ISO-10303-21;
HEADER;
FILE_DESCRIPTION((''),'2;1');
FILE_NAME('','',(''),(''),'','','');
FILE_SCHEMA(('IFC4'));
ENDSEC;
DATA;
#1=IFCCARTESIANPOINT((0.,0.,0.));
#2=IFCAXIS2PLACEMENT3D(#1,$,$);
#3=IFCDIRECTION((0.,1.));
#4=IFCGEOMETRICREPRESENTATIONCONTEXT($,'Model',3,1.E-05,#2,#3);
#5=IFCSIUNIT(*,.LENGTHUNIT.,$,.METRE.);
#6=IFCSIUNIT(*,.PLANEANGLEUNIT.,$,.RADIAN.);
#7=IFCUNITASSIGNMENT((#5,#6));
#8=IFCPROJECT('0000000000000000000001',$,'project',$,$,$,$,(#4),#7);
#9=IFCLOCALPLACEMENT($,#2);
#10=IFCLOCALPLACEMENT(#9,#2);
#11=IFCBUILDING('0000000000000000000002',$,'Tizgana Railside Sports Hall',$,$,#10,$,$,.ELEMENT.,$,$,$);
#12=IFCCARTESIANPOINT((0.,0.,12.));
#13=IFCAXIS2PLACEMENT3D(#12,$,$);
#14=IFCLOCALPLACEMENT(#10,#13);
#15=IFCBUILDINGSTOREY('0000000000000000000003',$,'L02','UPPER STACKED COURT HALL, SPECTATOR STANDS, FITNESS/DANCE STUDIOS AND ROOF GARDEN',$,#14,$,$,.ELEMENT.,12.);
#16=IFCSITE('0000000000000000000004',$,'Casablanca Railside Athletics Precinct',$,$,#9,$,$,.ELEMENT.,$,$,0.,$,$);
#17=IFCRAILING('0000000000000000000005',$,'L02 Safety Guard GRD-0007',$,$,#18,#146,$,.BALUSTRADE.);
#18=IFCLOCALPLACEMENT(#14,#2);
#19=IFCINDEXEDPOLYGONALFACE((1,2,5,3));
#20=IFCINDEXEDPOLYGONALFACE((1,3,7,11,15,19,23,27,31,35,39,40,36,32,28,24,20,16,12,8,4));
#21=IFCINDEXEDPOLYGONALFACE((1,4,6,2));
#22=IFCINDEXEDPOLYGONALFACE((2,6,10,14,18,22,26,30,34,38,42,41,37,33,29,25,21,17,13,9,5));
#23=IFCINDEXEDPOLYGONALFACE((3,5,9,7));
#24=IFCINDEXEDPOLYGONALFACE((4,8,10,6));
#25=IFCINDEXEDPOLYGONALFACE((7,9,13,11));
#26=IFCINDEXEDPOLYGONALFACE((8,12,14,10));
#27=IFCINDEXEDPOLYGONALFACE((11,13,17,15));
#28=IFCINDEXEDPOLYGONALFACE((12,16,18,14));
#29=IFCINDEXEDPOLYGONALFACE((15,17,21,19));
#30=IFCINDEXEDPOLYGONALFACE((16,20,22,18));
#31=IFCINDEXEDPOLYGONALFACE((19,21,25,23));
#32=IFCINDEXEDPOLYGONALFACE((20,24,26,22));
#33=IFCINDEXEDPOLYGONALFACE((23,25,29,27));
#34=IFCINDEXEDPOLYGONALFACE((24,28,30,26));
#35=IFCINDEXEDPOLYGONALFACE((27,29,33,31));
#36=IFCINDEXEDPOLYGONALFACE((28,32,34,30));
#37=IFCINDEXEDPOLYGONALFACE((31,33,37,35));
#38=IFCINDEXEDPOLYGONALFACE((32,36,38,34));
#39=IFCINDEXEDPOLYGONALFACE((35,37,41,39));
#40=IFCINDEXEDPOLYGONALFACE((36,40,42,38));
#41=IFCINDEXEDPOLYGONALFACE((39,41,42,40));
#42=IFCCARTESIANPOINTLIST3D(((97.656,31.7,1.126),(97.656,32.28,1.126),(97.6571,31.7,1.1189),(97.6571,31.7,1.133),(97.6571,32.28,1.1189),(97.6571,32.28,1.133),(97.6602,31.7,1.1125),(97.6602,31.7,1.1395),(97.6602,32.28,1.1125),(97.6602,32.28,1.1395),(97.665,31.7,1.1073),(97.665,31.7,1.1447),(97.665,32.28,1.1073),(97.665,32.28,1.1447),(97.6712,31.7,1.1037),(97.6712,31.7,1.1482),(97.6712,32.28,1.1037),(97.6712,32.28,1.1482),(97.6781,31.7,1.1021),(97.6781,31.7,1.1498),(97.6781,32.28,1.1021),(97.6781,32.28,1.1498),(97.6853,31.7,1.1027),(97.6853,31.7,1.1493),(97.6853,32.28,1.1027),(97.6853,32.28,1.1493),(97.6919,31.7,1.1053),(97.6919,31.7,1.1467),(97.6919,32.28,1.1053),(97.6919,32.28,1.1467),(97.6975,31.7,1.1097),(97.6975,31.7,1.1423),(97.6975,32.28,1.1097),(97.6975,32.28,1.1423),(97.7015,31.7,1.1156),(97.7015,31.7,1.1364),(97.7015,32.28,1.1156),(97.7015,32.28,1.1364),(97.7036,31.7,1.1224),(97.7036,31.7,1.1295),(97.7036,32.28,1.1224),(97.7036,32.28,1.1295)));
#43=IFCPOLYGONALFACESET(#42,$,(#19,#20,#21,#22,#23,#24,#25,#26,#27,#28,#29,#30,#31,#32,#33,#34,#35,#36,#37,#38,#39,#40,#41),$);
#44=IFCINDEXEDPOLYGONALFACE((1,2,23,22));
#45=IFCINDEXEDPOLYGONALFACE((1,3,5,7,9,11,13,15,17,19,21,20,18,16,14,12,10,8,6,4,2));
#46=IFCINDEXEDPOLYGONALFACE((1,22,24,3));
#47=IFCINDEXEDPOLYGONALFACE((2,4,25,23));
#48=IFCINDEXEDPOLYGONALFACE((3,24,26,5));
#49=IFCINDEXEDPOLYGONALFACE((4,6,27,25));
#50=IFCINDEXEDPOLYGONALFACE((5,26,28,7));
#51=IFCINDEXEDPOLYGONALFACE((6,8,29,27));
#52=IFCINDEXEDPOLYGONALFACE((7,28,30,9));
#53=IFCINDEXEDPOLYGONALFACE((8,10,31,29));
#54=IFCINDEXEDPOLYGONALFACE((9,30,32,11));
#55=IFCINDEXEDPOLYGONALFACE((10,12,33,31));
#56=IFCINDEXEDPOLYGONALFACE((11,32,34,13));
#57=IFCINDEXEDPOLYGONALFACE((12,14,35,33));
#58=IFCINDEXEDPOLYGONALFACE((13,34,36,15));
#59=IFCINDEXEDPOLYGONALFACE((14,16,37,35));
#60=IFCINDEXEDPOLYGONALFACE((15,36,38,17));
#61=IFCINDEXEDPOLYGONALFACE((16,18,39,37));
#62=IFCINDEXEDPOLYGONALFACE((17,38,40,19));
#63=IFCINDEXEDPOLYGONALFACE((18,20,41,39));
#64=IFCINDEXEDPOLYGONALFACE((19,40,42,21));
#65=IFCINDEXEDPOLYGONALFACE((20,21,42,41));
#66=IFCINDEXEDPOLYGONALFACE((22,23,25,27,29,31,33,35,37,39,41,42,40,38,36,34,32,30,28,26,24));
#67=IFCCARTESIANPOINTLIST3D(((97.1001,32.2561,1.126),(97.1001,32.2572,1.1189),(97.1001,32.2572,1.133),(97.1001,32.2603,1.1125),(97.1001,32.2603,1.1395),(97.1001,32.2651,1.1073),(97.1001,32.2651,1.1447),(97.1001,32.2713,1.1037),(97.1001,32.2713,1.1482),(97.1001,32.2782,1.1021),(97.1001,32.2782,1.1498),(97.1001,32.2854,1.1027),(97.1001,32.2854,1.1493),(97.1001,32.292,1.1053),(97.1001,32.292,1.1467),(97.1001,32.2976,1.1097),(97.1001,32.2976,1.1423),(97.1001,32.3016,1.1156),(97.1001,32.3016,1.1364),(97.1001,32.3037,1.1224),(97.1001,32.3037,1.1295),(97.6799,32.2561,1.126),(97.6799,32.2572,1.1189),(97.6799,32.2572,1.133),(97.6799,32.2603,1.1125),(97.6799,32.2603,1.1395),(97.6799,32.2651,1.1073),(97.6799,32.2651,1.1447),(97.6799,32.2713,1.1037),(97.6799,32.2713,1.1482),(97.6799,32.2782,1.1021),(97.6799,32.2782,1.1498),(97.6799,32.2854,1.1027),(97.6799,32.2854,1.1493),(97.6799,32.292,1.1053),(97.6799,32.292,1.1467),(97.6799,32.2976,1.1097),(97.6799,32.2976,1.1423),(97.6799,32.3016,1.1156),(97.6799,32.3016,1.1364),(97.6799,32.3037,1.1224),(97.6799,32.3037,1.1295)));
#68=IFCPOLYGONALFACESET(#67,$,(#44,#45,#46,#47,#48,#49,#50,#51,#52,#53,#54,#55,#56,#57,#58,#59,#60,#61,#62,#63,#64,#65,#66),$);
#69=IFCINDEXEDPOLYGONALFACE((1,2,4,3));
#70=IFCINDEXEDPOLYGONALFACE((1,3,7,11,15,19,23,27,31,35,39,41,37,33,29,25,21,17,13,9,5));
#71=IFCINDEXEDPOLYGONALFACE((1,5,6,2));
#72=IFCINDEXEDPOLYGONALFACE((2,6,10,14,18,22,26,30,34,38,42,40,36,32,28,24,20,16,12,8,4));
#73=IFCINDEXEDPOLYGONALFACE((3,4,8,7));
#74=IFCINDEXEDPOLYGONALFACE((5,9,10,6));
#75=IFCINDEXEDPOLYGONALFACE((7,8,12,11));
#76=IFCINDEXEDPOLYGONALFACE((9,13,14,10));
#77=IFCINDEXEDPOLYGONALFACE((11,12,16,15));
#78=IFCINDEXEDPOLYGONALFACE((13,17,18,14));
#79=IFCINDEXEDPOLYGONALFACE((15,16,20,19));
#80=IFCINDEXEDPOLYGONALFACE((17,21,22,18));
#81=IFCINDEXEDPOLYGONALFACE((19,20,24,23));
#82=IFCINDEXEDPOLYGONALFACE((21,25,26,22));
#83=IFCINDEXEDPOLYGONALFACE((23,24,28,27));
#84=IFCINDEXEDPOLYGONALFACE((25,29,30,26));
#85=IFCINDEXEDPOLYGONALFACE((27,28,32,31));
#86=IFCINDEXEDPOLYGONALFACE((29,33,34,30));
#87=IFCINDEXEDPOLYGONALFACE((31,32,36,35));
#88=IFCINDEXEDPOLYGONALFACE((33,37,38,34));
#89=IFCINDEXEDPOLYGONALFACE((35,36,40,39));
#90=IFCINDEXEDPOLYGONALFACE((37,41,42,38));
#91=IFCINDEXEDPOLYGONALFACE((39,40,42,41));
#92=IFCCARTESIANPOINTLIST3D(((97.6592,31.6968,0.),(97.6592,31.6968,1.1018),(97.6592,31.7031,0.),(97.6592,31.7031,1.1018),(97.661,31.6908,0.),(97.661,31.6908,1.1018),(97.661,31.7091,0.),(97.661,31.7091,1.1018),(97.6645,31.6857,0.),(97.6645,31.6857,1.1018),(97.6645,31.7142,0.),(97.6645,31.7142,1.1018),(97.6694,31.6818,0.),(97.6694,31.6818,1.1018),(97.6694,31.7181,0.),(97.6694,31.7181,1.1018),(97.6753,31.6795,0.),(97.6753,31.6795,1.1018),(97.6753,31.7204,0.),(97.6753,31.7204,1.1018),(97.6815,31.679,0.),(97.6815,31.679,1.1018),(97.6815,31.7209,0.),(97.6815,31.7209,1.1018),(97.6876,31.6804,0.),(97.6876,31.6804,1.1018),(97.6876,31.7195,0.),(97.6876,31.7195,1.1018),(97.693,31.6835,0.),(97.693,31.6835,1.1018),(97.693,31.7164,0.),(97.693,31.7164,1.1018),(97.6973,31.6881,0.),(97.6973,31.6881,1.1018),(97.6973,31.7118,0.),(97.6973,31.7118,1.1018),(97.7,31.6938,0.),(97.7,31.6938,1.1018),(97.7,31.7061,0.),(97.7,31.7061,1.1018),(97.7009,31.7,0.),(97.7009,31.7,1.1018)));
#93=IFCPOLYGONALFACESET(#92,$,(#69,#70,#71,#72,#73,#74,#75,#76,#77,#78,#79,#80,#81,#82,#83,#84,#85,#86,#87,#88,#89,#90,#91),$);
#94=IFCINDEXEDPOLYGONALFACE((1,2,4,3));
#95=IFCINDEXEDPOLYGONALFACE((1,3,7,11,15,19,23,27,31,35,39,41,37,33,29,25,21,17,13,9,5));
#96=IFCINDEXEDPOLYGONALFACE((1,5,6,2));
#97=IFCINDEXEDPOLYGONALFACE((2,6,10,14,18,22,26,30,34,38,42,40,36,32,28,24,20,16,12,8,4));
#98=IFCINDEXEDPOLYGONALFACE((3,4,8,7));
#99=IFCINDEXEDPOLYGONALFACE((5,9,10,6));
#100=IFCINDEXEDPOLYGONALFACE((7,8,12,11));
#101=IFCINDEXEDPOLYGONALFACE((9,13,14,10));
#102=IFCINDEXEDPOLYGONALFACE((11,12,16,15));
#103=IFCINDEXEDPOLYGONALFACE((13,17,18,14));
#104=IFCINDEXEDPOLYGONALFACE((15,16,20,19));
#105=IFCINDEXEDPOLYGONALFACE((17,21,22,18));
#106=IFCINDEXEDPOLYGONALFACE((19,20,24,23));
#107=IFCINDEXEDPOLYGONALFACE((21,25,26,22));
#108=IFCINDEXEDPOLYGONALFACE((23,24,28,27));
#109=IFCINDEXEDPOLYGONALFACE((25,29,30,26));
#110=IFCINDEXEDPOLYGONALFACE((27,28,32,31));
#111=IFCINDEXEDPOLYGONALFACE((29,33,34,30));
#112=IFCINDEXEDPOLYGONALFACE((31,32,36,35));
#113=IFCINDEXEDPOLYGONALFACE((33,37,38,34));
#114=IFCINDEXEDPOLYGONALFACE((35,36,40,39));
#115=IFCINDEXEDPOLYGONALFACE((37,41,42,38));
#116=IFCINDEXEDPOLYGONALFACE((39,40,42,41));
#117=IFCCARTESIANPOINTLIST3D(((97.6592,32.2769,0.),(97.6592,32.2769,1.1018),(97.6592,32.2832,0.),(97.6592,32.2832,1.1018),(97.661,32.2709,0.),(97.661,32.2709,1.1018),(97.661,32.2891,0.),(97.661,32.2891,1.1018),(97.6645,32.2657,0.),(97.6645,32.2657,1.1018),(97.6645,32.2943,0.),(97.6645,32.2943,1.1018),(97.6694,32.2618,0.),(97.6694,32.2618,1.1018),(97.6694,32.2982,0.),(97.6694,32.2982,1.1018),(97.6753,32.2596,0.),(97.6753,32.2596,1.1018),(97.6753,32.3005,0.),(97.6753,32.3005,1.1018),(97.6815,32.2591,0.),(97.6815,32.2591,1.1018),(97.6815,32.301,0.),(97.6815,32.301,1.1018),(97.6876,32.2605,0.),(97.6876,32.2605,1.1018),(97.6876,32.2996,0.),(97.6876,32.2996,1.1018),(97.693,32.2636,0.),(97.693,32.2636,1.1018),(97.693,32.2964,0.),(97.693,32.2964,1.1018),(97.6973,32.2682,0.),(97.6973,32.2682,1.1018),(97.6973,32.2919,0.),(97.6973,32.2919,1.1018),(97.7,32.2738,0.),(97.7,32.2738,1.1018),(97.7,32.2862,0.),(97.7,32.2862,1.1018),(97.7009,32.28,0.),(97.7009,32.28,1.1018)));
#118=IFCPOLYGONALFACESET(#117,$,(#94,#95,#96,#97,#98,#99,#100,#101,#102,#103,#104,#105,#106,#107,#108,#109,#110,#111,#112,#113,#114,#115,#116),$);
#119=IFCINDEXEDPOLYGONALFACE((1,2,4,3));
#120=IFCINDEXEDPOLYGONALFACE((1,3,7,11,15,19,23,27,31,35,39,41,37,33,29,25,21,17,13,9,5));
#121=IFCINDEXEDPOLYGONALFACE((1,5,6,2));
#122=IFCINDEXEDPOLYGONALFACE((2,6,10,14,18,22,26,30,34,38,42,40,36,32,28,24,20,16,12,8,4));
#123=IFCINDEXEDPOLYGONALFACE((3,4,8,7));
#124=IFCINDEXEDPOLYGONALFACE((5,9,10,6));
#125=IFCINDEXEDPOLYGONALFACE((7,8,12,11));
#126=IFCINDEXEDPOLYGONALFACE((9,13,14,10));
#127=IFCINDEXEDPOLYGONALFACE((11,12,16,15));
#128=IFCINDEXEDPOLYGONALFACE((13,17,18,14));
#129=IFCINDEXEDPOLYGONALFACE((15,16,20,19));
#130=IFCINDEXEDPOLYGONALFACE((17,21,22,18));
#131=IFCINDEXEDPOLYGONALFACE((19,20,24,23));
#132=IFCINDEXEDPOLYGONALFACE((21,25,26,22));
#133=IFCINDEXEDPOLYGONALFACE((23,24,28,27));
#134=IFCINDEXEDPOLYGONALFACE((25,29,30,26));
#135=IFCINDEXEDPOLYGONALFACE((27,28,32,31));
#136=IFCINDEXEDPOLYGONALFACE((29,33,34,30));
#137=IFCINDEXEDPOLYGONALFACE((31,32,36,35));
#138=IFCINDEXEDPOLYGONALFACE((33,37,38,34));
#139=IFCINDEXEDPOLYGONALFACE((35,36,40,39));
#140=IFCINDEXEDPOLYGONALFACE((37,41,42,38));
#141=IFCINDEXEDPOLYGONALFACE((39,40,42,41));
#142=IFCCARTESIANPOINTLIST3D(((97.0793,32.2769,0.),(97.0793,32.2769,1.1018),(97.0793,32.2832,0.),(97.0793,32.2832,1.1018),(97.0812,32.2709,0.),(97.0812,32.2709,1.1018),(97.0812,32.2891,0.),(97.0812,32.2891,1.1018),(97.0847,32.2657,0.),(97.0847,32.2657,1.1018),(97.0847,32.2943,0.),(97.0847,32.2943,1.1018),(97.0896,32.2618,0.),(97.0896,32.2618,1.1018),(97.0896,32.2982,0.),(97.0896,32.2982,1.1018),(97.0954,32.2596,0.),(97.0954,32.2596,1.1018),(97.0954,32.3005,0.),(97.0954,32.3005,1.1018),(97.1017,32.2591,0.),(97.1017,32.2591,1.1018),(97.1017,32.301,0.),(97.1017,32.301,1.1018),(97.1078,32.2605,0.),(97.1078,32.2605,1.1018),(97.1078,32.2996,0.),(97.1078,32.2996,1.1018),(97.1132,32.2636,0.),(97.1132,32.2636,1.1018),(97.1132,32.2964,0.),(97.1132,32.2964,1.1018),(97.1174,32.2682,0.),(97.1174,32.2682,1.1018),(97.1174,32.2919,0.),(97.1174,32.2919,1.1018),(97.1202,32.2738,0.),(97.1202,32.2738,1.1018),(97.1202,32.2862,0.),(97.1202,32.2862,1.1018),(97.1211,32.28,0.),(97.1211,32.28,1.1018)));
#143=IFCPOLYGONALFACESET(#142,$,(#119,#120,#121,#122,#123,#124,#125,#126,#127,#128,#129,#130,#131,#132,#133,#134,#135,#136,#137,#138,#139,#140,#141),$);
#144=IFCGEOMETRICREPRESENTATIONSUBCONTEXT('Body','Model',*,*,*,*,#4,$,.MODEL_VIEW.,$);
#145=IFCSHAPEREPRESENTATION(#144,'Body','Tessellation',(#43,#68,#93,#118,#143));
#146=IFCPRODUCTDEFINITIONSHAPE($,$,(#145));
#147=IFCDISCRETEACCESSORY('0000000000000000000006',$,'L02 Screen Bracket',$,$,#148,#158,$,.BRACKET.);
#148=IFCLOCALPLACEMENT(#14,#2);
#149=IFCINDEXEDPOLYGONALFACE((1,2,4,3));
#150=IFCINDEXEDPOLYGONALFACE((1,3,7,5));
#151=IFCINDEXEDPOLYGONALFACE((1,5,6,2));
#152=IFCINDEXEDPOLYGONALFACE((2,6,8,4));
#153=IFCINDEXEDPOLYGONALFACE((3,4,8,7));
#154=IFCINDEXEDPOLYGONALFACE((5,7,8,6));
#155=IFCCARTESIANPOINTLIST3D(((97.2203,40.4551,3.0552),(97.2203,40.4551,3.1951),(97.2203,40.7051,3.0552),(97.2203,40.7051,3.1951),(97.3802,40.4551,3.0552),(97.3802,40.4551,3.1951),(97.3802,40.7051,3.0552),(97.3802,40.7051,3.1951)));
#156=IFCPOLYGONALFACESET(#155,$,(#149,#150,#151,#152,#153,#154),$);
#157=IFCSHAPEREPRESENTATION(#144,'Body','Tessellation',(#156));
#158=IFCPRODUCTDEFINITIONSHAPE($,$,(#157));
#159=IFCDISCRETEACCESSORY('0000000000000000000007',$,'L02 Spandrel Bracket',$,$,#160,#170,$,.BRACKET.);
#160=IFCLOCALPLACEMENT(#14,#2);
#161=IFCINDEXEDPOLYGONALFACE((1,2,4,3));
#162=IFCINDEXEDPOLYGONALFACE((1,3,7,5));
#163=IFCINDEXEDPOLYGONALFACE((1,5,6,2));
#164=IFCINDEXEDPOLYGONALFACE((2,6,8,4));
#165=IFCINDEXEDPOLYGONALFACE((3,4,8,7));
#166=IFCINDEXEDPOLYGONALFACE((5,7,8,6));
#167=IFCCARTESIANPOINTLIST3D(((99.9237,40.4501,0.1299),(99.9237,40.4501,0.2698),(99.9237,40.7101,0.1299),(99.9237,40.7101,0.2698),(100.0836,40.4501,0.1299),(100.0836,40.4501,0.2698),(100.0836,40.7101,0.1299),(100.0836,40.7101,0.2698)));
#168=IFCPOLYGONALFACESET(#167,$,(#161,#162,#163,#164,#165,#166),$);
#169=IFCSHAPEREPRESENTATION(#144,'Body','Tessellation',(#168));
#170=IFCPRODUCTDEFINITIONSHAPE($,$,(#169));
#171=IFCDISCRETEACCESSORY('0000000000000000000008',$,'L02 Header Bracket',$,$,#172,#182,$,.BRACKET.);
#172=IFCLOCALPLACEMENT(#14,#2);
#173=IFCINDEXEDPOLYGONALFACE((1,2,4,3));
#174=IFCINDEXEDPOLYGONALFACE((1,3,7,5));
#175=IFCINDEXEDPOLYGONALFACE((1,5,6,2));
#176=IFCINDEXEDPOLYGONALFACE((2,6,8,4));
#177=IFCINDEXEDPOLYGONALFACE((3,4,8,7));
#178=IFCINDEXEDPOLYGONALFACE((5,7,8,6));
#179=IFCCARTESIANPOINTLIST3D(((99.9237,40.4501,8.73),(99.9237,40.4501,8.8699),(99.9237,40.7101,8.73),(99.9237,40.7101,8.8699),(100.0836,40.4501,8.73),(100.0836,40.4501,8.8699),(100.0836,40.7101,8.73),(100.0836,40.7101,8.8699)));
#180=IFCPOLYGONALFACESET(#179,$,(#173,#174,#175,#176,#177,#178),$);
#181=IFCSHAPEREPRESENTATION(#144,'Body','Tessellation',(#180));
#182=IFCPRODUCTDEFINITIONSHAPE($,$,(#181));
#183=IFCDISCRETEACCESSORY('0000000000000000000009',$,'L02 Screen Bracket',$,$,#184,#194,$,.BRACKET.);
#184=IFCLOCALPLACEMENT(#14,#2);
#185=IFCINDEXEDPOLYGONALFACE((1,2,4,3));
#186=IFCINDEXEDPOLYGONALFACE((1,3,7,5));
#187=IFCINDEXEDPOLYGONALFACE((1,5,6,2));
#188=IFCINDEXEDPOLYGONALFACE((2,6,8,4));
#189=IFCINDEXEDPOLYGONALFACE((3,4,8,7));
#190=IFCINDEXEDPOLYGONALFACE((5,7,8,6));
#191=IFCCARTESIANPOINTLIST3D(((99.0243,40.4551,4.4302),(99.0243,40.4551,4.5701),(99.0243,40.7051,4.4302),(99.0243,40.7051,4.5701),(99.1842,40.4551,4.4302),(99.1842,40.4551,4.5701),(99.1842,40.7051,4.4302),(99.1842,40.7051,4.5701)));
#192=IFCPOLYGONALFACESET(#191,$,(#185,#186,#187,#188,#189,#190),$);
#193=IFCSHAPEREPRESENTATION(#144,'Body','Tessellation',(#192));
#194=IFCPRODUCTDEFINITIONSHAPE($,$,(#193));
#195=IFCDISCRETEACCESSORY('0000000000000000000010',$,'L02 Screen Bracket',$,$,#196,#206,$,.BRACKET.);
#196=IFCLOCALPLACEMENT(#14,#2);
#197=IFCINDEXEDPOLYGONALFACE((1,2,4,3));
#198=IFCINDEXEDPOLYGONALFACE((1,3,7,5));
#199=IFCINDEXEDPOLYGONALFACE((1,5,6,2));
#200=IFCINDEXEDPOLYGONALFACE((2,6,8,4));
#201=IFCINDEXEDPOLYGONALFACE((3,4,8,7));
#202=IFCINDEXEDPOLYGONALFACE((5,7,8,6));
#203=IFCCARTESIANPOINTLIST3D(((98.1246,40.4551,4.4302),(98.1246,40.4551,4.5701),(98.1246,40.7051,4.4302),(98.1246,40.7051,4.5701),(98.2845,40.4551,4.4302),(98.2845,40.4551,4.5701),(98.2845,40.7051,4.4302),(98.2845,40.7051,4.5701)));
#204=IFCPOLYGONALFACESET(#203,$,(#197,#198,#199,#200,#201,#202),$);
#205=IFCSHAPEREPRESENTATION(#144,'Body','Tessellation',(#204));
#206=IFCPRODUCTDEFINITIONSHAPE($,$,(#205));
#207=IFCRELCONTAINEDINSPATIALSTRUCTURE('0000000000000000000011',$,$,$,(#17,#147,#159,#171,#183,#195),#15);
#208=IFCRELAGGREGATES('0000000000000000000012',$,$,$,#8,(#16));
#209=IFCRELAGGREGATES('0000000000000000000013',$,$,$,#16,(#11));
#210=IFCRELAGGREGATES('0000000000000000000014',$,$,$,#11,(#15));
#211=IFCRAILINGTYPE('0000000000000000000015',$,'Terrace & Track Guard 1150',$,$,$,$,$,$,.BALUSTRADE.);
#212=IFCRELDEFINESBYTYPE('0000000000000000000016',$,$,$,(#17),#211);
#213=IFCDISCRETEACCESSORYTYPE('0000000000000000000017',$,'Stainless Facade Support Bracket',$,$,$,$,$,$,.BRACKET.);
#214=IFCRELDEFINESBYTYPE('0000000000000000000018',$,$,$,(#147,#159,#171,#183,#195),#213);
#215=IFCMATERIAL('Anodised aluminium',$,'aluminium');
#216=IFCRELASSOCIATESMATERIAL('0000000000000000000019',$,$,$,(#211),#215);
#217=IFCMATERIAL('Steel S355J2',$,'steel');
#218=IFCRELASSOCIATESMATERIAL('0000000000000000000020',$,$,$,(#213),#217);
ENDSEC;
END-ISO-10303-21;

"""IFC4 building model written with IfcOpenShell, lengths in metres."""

from ifc_helpers import new_model, si_unit, direction, frame, origin, origin_2d, place, context, subcontext, project, spatial, rectangle, circle, extrude, material, type_object, element, save


model = new_model("IFC4")

# Units and contexts
model_context = context("Model", 3, precision=1e-05, world=origin(), true_north=direction((0.0, 1.0)))
body_context = subcontext(model_context, "Body", "Model", "MODEL_VIEW")
ifc_project = project(units=[si_unit("LENGTHUNIT", "METRE"), si_unit("PLANEANGLEUNIT", "RADIAN")], contexts=[model_context])

# Site, building, storey
site_placement = place(None, origin())
site = spatial("IfcSite", under=ifc_project, at=site_placement, Name="Casablanca Railside Athletics Precinct", CompositionType="ELEMENT", RefElevation=0.0)
building_placement = place(site_placement, origin())
building = spatial("IfcBuilding", under=site, at=building_placement, Name="Tizgana Railside Sports Hall", CompositionType="ELEMENT")
storey_placement = place(building_placement, frame((0.0, 0.0, 12.0)))
storey = spatial("IfcBuildingStorey", under=building, at=storey_placement, Name="L02", Description="UPPER STACKED COURT HALL, SPECTATOR STANDS, FITNESS/DANCE STUDIOS AND ROOF GARDEN", CompositionType="ELEMENT", Elevation=12.0)

# Shared definitions
ifc_material_1 = material(Name="Steel S355J2", Category="steel")

# Shared definitions
ifc_material_2 = material(Name="Anodised aluminium", Category="aluminium")

# Railing
railing_type = type_object("IfcRailingType", Name="Terrace & Track Guard 1150", PredefinedType="BALUSTRADE", material=ifc_material_2)
railing_placement = place(storey_placement, frame((97.6799, 31.7, 0.0)))
element("IfcRailing", 1, at=railing_placement, inside=storey, type_object=railing_type, Name="L02 Safety Guard GRD-0007", PredefinedType="BALUSTRADE", context=body_context, shape_type="SweptSolid", body=[
    extrude(circle(Radius=0.0239, at=origin_2d()), frame((0.0, 0.0, 1.126), z_axis=(0.0, 1.0, 0.0), x_axis=(-1.0, 0.0, 0.0)), (0.0, 0.0, 1.0), 0.5801),
    extrude(circle(Radius=0.0239, at=origin_2d()), frame((0.0, 0.5801, 1.126), z_axis=(-1.0, 0.0, 0.0), x_axis=(0.0, -1.0, 0.0)), (0.0, 0.0, 1.0), 0.5798),
    extrude(circle(Radius=0.021, at=origin_2d()), origin(), (0.0, 0.0, 1.0), 1.1018),
    extrude(circle(Radius=0.021, at=origin_2d()), frame((0.0, 0.5801, 0.0)), (0.0, 0.0, 1.0), 1.1018),
    extrude(circle(Radius=0.021, at=origin_2d()), frame((-0.5798, 0.5801, 0.0)), (0.0, 0.0, 1.0), 1.1018),
])

# Discrete accessories
discrete_accessory_type = type_object("IfcDiscreteAccessoryType", Name="Stainless Facade Support Bracket", PredefinedType="BRACKET", material=ifc_material_1)
discrete_accessory_1_placement = place(storey_placement, frame((97.3003, 40.5801, 3.0552), z_axis=(0.0, 0.0, 1.0), x_axis=(-1.0, 0.0, 0.0)))
element("IfcDiscreteAccessory", 2, at=discrete_accessory_1_placement, inside=storey, type_object=discrete_accessory_type, Name="L02 Screen Bracket", PredefinedType="BRACKET", context=body_context, shape_type="SweptSolid", body=[
    extrude(rectangle(XDim=0.1599, YDim=0.25, at=origin_2d()), origin(), (0.0, 0.0, 1.0), 0.1399),
])
for number, where, z_axis, x_axis, name in (
    (3, (100.0037, 40.5801, 0.1299), (0.0, 0.0, 1.0), (-1.0, 0.0, 0.0), "L02 Spandrel Bracket"),
    (4, (100.0037, 40.5801, 8.73), (0.0, 0.0, 1.0), (-1.0, 0.0, 0.0), "L02 Header Bracket"),
):
    element("IfcDiscreteAccessory", number, at=place(storey_placement, frame(where, z_axis=z_axis, x_axis=x_axis)), inside=storey, type_object=discrete_accessory_type, Name=name, PredefinedType="BRACKET", context=body_context, shape_type="SweptSolid", body=[
        extrude(rectangle(XDim=0.1599, YDim=0.26, at=origin_2d()), origin(), (0.0, 0.0, 1.0), 0.1399),
    ])
for number, where, z_axis, x_axis, name in (
    (5, (99.1042, 40.5801, 4.4302), (0.0, 0.0, 1.0), (-1.0, 0.0, 0.0), "L02 Screen Bracket"),
    (6, (98.2046, 40.5801, 4.4302), (0.0, 0.0, 1.0), (-1.0, 0.0, 0.0), "L02 Screen Bracket"),
):
    element("IfcDiscreteAccessory", number, at=place(storey_placement, frame(where, z_axis=z_axis, x_axis=x_axis)), inside=storey, type_object=discrete_accessory_type, Name=name, PredefinedType="BRACKET", context=body_context, shape_type="SweptSolid", body=[
        extrude(rectangle(XDim=0.1599, YDim=0.25, at=origin_2d()), origin(), (0.0, 0.0, 1.0), 0.1399),
    ])

save(model, "model.ifc")
